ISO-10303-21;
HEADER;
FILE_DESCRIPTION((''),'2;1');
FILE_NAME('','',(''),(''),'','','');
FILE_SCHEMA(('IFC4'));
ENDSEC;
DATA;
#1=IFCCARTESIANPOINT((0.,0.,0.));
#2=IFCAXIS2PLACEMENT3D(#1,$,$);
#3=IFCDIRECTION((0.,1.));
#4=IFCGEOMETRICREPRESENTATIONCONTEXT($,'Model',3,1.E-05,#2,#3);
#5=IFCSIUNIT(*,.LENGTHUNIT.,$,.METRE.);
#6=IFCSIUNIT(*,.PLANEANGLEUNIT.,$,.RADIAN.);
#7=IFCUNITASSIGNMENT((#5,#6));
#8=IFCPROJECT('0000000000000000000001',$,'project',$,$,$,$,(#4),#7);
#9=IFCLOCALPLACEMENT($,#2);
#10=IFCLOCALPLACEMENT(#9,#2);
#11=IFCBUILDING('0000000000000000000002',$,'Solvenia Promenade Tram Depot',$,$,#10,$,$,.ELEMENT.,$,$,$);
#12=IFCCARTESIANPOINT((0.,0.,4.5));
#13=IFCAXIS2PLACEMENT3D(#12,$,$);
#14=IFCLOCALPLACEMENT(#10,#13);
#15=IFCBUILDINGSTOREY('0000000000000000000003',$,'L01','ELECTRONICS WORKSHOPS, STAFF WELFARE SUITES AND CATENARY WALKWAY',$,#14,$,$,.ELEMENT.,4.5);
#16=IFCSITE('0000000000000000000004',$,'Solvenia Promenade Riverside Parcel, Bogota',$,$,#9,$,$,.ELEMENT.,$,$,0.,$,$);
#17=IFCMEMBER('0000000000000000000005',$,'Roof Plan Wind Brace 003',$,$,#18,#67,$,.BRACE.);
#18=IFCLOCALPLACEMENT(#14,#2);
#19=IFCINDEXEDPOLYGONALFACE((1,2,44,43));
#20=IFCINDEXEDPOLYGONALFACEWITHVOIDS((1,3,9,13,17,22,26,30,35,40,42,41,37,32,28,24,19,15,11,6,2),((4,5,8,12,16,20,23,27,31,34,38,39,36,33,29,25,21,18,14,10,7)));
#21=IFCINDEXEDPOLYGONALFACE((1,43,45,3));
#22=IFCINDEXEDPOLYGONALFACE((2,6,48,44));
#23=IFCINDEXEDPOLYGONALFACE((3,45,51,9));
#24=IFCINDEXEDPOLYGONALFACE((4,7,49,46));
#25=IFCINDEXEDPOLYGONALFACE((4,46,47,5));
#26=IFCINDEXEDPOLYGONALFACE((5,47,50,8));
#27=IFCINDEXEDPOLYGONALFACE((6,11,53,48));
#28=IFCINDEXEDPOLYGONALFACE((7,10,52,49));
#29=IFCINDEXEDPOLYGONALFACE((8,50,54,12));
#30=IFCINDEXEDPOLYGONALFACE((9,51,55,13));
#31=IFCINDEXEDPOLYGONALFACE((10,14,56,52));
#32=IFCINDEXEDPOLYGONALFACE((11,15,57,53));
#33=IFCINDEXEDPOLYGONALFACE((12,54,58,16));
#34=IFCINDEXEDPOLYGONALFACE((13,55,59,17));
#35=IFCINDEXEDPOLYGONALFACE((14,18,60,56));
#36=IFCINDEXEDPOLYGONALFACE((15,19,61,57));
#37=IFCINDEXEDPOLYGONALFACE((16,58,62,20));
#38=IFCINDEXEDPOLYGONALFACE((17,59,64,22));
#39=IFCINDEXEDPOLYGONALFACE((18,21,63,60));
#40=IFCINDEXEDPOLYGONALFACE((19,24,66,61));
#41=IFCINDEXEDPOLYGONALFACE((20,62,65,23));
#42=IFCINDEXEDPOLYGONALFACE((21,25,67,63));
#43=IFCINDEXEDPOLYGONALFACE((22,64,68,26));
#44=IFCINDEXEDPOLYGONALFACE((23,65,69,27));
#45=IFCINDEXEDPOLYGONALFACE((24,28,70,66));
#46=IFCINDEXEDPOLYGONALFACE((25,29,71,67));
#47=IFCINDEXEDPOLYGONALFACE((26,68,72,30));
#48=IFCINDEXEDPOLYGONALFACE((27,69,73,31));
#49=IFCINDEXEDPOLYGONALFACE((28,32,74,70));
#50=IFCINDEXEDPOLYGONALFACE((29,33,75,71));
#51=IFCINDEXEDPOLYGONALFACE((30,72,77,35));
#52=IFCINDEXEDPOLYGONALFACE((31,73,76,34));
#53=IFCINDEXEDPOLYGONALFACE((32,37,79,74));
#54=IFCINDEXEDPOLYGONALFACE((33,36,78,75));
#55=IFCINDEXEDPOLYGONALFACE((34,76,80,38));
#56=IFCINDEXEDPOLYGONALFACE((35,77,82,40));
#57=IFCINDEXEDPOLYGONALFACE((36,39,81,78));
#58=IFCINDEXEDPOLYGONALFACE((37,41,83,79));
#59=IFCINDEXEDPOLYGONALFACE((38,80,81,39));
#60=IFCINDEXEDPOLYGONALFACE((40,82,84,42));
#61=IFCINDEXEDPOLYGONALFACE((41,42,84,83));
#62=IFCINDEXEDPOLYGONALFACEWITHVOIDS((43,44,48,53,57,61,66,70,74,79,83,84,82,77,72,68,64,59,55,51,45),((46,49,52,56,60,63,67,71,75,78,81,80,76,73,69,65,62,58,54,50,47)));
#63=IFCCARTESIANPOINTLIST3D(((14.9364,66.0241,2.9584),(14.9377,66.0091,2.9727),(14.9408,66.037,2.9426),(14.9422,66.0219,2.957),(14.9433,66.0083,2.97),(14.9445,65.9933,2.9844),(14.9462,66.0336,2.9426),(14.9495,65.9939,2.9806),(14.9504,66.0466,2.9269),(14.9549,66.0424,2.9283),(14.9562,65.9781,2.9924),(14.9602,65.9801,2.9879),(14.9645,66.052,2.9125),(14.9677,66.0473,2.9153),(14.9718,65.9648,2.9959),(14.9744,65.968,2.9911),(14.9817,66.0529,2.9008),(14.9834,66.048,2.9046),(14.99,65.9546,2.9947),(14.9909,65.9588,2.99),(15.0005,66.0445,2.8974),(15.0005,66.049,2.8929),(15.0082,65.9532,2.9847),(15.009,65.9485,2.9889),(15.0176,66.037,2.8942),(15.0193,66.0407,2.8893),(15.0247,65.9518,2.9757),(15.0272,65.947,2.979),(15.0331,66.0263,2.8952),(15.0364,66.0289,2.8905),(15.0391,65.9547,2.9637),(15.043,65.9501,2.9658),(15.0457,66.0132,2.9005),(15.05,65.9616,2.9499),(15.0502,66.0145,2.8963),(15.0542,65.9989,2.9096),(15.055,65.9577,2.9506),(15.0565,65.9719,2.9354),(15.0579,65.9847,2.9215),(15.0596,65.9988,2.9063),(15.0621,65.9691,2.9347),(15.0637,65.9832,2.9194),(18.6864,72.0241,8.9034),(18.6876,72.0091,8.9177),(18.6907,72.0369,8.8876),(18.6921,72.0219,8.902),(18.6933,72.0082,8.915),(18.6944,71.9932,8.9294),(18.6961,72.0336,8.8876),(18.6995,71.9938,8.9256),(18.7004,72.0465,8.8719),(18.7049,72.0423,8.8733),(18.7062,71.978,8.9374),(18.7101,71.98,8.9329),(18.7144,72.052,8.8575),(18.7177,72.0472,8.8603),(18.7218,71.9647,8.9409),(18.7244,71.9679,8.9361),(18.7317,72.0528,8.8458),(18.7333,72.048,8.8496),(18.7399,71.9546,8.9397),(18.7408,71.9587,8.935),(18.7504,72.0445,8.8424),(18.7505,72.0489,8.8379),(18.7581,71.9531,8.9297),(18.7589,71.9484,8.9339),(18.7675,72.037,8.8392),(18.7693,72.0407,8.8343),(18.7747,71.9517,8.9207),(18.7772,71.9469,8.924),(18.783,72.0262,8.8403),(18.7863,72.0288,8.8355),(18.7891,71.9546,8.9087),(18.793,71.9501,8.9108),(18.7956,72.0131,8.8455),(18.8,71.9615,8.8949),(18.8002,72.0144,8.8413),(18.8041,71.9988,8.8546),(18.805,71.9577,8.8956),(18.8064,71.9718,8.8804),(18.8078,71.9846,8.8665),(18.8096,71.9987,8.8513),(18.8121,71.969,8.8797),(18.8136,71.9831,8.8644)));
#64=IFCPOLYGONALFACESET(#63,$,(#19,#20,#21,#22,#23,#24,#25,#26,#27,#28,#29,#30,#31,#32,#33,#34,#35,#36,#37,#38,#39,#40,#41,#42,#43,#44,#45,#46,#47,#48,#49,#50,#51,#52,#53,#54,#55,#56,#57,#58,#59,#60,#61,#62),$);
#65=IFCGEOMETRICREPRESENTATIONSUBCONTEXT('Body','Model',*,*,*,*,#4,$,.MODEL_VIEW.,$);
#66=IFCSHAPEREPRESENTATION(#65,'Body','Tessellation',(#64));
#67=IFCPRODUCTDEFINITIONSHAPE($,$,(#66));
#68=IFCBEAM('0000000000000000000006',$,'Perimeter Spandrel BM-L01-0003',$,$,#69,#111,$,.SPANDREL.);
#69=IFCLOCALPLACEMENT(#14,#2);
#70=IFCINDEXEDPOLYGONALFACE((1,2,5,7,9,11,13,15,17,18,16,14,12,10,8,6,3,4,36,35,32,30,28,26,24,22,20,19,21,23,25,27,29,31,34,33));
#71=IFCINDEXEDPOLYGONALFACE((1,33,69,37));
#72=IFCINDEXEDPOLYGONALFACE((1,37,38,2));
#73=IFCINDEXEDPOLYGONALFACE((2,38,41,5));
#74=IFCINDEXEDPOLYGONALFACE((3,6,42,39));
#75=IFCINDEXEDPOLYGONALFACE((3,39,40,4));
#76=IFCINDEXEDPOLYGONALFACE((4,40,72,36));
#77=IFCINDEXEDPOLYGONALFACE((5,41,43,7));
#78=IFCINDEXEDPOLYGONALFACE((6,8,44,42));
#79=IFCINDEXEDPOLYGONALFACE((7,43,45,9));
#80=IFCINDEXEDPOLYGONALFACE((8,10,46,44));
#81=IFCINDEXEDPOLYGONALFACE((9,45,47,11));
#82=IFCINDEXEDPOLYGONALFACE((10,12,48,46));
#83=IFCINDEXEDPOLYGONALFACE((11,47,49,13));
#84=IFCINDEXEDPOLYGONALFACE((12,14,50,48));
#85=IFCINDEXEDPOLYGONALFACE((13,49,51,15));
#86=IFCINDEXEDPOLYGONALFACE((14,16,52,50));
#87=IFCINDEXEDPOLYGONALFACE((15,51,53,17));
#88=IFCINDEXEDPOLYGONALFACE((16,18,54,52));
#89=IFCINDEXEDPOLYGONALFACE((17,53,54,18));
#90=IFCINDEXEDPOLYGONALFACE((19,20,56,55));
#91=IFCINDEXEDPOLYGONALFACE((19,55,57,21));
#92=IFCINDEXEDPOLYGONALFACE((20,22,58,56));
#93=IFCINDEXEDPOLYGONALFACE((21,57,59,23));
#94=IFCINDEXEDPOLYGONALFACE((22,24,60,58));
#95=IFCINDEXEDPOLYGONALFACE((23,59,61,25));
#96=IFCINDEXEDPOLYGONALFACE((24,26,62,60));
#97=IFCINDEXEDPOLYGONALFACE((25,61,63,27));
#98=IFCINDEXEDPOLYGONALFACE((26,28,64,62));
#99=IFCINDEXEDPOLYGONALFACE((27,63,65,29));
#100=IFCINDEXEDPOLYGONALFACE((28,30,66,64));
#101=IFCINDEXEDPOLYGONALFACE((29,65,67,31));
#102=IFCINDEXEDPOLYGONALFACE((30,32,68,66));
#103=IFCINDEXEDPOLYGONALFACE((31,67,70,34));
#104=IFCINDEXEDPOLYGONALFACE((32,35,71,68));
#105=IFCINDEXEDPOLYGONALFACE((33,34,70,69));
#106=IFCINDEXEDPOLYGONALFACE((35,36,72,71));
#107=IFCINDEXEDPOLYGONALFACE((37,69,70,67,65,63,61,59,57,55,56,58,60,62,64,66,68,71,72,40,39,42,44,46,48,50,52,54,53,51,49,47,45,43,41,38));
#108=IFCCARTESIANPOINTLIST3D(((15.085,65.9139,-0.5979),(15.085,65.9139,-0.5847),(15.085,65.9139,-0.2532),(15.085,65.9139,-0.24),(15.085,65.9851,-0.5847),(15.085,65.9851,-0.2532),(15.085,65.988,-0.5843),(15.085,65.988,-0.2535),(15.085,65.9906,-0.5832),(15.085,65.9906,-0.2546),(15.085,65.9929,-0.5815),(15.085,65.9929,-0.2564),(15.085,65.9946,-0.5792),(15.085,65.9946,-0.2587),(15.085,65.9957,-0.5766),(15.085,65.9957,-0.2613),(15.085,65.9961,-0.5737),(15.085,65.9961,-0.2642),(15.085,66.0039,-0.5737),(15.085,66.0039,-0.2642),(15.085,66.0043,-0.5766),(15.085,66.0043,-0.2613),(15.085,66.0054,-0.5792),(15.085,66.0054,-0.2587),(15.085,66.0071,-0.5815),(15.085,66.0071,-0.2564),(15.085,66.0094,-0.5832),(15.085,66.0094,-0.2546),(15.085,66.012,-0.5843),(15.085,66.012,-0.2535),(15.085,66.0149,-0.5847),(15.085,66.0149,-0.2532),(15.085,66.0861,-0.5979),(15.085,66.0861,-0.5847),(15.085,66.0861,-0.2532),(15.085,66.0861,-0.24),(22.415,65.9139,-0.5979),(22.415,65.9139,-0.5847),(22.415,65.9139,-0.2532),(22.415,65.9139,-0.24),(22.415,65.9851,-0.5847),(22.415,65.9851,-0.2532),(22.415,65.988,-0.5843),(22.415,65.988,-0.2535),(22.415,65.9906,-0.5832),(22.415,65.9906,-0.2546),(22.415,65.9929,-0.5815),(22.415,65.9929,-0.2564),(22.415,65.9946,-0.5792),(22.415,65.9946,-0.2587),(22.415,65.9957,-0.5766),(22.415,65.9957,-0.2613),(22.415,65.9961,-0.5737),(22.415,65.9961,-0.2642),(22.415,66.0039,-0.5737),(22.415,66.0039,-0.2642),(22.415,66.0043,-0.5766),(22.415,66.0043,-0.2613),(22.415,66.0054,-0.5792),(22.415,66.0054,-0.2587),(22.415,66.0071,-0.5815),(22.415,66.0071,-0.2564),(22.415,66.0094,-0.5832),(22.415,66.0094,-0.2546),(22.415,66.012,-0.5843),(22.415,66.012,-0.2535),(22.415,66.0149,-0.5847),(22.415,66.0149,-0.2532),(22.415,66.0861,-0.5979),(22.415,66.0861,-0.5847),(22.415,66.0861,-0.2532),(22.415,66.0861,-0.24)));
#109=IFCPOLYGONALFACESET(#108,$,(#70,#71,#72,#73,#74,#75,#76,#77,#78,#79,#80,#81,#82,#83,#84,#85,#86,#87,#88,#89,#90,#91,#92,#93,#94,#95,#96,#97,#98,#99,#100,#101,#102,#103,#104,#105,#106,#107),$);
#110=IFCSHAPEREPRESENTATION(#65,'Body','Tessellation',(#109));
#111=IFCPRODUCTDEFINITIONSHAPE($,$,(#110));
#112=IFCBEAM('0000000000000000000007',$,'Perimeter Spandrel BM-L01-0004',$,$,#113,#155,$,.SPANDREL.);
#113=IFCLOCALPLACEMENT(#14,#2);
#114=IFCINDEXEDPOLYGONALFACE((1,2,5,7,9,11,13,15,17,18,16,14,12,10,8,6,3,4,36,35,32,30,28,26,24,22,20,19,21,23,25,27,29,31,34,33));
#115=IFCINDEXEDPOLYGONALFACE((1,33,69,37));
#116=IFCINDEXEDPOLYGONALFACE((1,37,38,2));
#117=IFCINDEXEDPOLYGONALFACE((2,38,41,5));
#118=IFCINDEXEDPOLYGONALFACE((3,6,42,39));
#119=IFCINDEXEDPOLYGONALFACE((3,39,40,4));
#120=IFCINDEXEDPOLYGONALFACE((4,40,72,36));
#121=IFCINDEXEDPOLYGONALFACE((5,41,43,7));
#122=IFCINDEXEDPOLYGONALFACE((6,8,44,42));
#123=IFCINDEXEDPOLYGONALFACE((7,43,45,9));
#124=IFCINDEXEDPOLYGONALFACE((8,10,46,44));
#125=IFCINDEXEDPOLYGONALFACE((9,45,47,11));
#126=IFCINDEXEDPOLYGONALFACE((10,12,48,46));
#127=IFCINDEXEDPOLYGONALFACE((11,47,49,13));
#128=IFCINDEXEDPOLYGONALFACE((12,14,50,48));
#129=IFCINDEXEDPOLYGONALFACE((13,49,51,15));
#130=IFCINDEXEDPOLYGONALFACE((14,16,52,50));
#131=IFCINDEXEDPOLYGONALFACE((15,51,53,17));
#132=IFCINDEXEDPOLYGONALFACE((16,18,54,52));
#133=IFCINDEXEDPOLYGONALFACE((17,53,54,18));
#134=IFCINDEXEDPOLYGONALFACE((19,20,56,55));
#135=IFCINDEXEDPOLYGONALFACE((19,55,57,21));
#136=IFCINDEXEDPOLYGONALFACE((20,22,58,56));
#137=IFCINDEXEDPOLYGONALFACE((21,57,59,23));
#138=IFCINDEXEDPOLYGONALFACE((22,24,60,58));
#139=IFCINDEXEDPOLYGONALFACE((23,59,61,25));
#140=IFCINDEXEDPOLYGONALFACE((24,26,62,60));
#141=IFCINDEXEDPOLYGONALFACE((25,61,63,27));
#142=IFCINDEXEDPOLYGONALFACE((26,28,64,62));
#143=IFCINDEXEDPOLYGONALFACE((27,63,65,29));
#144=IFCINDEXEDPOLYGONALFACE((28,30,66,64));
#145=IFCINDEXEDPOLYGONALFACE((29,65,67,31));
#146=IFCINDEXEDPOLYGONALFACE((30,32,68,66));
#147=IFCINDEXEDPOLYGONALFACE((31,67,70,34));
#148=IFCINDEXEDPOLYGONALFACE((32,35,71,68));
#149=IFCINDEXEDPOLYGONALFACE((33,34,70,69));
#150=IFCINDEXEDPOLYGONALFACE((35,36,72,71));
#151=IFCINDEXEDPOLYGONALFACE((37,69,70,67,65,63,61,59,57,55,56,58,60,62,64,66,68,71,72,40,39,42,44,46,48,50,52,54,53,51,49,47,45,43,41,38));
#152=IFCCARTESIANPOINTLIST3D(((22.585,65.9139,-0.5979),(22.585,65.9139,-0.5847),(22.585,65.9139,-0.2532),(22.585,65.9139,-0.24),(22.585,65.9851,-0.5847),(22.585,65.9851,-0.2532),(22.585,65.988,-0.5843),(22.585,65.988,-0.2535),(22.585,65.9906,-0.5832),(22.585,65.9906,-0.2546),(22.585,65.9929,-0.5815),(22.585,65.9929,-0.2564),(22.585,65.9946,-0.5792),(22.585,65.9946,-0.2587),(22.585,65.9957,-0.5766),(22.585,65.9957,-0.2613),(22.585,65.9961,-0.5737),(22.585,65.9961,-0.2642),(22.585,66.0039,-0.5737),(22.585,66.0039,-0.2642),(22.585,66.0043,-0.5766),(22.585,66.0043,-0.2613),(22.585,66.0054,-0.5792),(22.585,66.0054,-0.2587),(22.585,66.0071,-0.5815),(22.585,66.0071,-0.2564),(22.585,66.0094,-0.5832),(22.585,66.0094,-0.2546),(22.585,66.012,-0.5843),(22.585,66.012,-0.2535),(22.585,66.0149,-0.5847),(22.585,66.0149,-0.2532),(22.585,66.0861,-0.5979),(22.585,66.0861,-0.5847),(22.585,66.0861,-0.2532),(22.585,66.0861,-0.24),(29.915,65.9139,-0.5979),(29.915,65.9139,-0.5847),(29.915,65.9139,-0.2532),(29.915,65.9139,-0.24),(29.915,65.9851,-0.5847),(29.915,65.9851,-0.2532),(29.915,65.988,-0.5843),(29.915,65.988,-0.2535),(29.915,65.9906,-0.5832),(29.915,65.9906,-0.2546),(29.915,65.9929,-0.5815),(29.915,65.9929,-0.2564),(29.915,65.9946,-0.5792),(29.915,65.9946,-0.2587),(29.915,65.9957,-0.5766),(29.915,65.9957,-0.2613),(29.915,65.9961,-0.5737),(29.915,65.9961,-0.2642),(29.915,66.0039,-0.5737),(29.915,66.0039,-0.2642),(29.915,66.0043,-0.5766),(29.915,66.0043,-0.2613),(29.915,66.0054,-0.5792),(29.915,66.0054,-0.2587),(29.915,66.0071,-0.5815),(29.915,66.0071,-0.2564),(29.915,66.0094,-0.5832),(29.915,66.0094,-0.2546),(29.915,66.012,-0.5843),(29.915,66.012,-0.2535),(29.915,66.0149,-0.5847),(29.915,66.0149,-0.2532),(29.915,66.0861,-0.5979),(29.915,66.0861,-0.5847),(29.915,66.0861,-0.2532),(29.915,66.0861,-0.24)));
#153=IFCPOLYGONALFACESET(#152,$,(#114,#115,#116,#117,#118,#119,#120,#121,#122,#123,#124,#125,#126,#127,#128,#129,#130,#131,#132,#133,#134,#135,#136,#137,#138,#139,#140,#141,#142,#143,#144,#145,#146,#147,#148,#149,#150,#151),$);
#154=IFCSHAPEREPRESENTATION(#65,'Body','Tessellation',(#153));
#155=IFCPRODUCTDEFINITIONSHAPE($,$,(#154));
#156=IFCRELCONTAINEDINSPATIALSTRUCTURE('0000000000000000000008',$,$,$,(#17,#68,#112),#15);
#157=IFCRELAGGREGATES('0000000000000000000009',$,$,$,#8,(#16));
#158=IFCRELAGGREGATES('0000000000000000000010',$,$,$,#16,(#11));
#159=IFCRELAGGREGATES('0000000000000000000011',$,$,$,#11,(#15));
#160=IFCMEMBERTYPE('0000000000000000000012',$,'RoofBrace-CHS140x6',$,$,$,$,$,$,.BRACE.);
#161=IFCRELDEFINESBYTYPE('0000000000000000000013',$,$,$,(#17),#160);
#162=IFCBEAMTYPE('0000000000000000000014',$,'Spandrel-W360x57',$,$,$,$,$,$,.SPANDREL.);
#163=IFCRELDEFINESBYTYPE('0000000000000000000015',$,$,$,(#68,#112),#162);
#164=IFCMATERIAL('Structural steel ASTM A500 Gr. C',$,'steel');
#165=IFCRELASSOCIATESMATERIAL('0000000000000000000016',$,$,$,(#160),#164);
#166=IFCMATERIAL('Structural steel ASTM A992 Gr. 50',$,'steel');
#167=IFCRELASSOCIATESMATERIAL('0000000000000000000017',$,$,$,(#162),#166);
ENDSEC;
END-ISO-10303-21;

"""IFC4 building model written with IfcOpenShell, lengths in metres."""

from ifc_helpers import new_model, si_unit, direction, frame, origin, origin_2d, place, context, subcontext, project, spatial, hollow_circle, i_section, extrude, material, material_profile, profile_set, type_object, element, save


model = new_model("IFC4")

# Units and contexts
model_context = context("Model", 3, precision=1e-05, world=origin(), true_north=direction((0.0, 1.0)))
body_context = subcontext(model_context, "Body", "Model", "MODEL_VIEW")
ifc_project = project(units=[si_unit("LENGTHUNIT", "METRE"), si_unit("PLANEANGLEUNIT", "RADIAN")], contexts=[model_context])

# Site, building, storey
site_placement = place(None, origin())
site = spatial("IfcSite", under=ifc_project, at=site_placement, Name="Solvenia Promenade Riverside Parcel, Bogota", CompositionType="ELEMENT", RefElevation=0.0)
building_placement = place(site_placement, origin())
building = spatial("IfcBuilding", under=site, at=building_placement, Name="Solvenia Promenade Tram Depot", CompositionType="ELEMENT")
storey_placement = place(building_placement, frame((0.0, 0.0, 4.5)))
storey = spatial("IfcBuildingStorey", under=building, at=storey_placement, Name="L01", Description="ELECTRONICS WORKSHOPS, STAFF WELFARE SUITES AND CATENARY WALKWAY", CompositionType="ELEMENT", Elevation=4.5)

# Shared definitions
ifc_material_1 = material(Name="Structural steel ASTM A992 Gr. 50", Category="steel")

# Shared definitions
ifc_material_2 = material(Name="Structural steel ASTM A500 Gr. C", Category="steel")

# Member
ifc_material_profile_1 = material_profile(ifc_material_2, hollow_circle(Radius=0.0698, WallThickness=0.0063, at=origin_2d()), Name="CHS139.7x6.3", Category="steel")
ifc_profile_set_1 = profile_set([ifc_material_profile_1], Name="Structural steel ASTM A500 Gr. C")
member_type_1 = type_object("IfcMemberType", Name="RoofBrace-CHS140x6", PredefinedType="BRACE", material=ifc_profile_set_1)
member_1_placement = place(storey_placement, frame((15.0, 66.0, 2.9426), z_axis=(0.405776, 0.649241, 0.643297), x_axis=(-0.847998, 0.529999, 0.0)))
element("IfcMember", 1, at=member_1_placement, inside=storey, type_object=member_type_1, Name="Roof Plan Wind Brace 003", PredefinedType="BRACE", context=body_context, shape_type="SweptSolid", body=[
    extrude(hollow_circle(Radius=0.0698, WallThickness=0.0063, at=origin_2d()), origin(), (0.0, 0.0, 1.0), 9.2415),
])

# Beams
ifc_material_profile_2 = material_profile(ifc_material_1, i_section(OverallWidth=0.1721, OverallDepth=0.3579, WebThickness=0.0078, FlangeThickness=0.0132, FilletRadius=0.011, at=origin_2d()), Name="W360x57", Category="steel")
ifc_profile_set_2 = profile_set([ifc_material_profile_2], Name="Structural steel ASTM A992 Gr. 50")
beam_type = type_object("IfcBeamType", Name="Spandrel-W360x57", PredefinedType="SPANDREL", material=ifc_profile_set_2)
for number, where, z_axis, x_axis, name in (
    (2, (15.085, 66.0, -0.4189), (1.0, 0.0, 0.0), (0.0, 1.0, 0.0), "Perimeter Spandrel BM-L01-0003"),
    (3, (22.585, 66.0, -0.4189), (1.0, 0.0, 0.0), (0.0, 1.0, 0.0), "Perimeter Spandrel BM-L01-0004"),
):
    element("IfcBeam", number, at=place(storey_placement, frame(where, z_axis=z_axis, x_axis=x_axis)), inside=storey, type_object=beam_type, Name=name, PredefinedType="SPANDREL", context=body_context, shape_type="SweptSolid", body=[
        extrude(i_section(OverallWidth=0.1721, OverallDepth=0.3579, WebThickness=0.0078, FlangeThickness=0.0132, FilletRadius=0.011, at=origin_2d()), origin(), (0.0, 0.0, 1.0), 7.3301),
    ])

save(model, "model.ifc")
